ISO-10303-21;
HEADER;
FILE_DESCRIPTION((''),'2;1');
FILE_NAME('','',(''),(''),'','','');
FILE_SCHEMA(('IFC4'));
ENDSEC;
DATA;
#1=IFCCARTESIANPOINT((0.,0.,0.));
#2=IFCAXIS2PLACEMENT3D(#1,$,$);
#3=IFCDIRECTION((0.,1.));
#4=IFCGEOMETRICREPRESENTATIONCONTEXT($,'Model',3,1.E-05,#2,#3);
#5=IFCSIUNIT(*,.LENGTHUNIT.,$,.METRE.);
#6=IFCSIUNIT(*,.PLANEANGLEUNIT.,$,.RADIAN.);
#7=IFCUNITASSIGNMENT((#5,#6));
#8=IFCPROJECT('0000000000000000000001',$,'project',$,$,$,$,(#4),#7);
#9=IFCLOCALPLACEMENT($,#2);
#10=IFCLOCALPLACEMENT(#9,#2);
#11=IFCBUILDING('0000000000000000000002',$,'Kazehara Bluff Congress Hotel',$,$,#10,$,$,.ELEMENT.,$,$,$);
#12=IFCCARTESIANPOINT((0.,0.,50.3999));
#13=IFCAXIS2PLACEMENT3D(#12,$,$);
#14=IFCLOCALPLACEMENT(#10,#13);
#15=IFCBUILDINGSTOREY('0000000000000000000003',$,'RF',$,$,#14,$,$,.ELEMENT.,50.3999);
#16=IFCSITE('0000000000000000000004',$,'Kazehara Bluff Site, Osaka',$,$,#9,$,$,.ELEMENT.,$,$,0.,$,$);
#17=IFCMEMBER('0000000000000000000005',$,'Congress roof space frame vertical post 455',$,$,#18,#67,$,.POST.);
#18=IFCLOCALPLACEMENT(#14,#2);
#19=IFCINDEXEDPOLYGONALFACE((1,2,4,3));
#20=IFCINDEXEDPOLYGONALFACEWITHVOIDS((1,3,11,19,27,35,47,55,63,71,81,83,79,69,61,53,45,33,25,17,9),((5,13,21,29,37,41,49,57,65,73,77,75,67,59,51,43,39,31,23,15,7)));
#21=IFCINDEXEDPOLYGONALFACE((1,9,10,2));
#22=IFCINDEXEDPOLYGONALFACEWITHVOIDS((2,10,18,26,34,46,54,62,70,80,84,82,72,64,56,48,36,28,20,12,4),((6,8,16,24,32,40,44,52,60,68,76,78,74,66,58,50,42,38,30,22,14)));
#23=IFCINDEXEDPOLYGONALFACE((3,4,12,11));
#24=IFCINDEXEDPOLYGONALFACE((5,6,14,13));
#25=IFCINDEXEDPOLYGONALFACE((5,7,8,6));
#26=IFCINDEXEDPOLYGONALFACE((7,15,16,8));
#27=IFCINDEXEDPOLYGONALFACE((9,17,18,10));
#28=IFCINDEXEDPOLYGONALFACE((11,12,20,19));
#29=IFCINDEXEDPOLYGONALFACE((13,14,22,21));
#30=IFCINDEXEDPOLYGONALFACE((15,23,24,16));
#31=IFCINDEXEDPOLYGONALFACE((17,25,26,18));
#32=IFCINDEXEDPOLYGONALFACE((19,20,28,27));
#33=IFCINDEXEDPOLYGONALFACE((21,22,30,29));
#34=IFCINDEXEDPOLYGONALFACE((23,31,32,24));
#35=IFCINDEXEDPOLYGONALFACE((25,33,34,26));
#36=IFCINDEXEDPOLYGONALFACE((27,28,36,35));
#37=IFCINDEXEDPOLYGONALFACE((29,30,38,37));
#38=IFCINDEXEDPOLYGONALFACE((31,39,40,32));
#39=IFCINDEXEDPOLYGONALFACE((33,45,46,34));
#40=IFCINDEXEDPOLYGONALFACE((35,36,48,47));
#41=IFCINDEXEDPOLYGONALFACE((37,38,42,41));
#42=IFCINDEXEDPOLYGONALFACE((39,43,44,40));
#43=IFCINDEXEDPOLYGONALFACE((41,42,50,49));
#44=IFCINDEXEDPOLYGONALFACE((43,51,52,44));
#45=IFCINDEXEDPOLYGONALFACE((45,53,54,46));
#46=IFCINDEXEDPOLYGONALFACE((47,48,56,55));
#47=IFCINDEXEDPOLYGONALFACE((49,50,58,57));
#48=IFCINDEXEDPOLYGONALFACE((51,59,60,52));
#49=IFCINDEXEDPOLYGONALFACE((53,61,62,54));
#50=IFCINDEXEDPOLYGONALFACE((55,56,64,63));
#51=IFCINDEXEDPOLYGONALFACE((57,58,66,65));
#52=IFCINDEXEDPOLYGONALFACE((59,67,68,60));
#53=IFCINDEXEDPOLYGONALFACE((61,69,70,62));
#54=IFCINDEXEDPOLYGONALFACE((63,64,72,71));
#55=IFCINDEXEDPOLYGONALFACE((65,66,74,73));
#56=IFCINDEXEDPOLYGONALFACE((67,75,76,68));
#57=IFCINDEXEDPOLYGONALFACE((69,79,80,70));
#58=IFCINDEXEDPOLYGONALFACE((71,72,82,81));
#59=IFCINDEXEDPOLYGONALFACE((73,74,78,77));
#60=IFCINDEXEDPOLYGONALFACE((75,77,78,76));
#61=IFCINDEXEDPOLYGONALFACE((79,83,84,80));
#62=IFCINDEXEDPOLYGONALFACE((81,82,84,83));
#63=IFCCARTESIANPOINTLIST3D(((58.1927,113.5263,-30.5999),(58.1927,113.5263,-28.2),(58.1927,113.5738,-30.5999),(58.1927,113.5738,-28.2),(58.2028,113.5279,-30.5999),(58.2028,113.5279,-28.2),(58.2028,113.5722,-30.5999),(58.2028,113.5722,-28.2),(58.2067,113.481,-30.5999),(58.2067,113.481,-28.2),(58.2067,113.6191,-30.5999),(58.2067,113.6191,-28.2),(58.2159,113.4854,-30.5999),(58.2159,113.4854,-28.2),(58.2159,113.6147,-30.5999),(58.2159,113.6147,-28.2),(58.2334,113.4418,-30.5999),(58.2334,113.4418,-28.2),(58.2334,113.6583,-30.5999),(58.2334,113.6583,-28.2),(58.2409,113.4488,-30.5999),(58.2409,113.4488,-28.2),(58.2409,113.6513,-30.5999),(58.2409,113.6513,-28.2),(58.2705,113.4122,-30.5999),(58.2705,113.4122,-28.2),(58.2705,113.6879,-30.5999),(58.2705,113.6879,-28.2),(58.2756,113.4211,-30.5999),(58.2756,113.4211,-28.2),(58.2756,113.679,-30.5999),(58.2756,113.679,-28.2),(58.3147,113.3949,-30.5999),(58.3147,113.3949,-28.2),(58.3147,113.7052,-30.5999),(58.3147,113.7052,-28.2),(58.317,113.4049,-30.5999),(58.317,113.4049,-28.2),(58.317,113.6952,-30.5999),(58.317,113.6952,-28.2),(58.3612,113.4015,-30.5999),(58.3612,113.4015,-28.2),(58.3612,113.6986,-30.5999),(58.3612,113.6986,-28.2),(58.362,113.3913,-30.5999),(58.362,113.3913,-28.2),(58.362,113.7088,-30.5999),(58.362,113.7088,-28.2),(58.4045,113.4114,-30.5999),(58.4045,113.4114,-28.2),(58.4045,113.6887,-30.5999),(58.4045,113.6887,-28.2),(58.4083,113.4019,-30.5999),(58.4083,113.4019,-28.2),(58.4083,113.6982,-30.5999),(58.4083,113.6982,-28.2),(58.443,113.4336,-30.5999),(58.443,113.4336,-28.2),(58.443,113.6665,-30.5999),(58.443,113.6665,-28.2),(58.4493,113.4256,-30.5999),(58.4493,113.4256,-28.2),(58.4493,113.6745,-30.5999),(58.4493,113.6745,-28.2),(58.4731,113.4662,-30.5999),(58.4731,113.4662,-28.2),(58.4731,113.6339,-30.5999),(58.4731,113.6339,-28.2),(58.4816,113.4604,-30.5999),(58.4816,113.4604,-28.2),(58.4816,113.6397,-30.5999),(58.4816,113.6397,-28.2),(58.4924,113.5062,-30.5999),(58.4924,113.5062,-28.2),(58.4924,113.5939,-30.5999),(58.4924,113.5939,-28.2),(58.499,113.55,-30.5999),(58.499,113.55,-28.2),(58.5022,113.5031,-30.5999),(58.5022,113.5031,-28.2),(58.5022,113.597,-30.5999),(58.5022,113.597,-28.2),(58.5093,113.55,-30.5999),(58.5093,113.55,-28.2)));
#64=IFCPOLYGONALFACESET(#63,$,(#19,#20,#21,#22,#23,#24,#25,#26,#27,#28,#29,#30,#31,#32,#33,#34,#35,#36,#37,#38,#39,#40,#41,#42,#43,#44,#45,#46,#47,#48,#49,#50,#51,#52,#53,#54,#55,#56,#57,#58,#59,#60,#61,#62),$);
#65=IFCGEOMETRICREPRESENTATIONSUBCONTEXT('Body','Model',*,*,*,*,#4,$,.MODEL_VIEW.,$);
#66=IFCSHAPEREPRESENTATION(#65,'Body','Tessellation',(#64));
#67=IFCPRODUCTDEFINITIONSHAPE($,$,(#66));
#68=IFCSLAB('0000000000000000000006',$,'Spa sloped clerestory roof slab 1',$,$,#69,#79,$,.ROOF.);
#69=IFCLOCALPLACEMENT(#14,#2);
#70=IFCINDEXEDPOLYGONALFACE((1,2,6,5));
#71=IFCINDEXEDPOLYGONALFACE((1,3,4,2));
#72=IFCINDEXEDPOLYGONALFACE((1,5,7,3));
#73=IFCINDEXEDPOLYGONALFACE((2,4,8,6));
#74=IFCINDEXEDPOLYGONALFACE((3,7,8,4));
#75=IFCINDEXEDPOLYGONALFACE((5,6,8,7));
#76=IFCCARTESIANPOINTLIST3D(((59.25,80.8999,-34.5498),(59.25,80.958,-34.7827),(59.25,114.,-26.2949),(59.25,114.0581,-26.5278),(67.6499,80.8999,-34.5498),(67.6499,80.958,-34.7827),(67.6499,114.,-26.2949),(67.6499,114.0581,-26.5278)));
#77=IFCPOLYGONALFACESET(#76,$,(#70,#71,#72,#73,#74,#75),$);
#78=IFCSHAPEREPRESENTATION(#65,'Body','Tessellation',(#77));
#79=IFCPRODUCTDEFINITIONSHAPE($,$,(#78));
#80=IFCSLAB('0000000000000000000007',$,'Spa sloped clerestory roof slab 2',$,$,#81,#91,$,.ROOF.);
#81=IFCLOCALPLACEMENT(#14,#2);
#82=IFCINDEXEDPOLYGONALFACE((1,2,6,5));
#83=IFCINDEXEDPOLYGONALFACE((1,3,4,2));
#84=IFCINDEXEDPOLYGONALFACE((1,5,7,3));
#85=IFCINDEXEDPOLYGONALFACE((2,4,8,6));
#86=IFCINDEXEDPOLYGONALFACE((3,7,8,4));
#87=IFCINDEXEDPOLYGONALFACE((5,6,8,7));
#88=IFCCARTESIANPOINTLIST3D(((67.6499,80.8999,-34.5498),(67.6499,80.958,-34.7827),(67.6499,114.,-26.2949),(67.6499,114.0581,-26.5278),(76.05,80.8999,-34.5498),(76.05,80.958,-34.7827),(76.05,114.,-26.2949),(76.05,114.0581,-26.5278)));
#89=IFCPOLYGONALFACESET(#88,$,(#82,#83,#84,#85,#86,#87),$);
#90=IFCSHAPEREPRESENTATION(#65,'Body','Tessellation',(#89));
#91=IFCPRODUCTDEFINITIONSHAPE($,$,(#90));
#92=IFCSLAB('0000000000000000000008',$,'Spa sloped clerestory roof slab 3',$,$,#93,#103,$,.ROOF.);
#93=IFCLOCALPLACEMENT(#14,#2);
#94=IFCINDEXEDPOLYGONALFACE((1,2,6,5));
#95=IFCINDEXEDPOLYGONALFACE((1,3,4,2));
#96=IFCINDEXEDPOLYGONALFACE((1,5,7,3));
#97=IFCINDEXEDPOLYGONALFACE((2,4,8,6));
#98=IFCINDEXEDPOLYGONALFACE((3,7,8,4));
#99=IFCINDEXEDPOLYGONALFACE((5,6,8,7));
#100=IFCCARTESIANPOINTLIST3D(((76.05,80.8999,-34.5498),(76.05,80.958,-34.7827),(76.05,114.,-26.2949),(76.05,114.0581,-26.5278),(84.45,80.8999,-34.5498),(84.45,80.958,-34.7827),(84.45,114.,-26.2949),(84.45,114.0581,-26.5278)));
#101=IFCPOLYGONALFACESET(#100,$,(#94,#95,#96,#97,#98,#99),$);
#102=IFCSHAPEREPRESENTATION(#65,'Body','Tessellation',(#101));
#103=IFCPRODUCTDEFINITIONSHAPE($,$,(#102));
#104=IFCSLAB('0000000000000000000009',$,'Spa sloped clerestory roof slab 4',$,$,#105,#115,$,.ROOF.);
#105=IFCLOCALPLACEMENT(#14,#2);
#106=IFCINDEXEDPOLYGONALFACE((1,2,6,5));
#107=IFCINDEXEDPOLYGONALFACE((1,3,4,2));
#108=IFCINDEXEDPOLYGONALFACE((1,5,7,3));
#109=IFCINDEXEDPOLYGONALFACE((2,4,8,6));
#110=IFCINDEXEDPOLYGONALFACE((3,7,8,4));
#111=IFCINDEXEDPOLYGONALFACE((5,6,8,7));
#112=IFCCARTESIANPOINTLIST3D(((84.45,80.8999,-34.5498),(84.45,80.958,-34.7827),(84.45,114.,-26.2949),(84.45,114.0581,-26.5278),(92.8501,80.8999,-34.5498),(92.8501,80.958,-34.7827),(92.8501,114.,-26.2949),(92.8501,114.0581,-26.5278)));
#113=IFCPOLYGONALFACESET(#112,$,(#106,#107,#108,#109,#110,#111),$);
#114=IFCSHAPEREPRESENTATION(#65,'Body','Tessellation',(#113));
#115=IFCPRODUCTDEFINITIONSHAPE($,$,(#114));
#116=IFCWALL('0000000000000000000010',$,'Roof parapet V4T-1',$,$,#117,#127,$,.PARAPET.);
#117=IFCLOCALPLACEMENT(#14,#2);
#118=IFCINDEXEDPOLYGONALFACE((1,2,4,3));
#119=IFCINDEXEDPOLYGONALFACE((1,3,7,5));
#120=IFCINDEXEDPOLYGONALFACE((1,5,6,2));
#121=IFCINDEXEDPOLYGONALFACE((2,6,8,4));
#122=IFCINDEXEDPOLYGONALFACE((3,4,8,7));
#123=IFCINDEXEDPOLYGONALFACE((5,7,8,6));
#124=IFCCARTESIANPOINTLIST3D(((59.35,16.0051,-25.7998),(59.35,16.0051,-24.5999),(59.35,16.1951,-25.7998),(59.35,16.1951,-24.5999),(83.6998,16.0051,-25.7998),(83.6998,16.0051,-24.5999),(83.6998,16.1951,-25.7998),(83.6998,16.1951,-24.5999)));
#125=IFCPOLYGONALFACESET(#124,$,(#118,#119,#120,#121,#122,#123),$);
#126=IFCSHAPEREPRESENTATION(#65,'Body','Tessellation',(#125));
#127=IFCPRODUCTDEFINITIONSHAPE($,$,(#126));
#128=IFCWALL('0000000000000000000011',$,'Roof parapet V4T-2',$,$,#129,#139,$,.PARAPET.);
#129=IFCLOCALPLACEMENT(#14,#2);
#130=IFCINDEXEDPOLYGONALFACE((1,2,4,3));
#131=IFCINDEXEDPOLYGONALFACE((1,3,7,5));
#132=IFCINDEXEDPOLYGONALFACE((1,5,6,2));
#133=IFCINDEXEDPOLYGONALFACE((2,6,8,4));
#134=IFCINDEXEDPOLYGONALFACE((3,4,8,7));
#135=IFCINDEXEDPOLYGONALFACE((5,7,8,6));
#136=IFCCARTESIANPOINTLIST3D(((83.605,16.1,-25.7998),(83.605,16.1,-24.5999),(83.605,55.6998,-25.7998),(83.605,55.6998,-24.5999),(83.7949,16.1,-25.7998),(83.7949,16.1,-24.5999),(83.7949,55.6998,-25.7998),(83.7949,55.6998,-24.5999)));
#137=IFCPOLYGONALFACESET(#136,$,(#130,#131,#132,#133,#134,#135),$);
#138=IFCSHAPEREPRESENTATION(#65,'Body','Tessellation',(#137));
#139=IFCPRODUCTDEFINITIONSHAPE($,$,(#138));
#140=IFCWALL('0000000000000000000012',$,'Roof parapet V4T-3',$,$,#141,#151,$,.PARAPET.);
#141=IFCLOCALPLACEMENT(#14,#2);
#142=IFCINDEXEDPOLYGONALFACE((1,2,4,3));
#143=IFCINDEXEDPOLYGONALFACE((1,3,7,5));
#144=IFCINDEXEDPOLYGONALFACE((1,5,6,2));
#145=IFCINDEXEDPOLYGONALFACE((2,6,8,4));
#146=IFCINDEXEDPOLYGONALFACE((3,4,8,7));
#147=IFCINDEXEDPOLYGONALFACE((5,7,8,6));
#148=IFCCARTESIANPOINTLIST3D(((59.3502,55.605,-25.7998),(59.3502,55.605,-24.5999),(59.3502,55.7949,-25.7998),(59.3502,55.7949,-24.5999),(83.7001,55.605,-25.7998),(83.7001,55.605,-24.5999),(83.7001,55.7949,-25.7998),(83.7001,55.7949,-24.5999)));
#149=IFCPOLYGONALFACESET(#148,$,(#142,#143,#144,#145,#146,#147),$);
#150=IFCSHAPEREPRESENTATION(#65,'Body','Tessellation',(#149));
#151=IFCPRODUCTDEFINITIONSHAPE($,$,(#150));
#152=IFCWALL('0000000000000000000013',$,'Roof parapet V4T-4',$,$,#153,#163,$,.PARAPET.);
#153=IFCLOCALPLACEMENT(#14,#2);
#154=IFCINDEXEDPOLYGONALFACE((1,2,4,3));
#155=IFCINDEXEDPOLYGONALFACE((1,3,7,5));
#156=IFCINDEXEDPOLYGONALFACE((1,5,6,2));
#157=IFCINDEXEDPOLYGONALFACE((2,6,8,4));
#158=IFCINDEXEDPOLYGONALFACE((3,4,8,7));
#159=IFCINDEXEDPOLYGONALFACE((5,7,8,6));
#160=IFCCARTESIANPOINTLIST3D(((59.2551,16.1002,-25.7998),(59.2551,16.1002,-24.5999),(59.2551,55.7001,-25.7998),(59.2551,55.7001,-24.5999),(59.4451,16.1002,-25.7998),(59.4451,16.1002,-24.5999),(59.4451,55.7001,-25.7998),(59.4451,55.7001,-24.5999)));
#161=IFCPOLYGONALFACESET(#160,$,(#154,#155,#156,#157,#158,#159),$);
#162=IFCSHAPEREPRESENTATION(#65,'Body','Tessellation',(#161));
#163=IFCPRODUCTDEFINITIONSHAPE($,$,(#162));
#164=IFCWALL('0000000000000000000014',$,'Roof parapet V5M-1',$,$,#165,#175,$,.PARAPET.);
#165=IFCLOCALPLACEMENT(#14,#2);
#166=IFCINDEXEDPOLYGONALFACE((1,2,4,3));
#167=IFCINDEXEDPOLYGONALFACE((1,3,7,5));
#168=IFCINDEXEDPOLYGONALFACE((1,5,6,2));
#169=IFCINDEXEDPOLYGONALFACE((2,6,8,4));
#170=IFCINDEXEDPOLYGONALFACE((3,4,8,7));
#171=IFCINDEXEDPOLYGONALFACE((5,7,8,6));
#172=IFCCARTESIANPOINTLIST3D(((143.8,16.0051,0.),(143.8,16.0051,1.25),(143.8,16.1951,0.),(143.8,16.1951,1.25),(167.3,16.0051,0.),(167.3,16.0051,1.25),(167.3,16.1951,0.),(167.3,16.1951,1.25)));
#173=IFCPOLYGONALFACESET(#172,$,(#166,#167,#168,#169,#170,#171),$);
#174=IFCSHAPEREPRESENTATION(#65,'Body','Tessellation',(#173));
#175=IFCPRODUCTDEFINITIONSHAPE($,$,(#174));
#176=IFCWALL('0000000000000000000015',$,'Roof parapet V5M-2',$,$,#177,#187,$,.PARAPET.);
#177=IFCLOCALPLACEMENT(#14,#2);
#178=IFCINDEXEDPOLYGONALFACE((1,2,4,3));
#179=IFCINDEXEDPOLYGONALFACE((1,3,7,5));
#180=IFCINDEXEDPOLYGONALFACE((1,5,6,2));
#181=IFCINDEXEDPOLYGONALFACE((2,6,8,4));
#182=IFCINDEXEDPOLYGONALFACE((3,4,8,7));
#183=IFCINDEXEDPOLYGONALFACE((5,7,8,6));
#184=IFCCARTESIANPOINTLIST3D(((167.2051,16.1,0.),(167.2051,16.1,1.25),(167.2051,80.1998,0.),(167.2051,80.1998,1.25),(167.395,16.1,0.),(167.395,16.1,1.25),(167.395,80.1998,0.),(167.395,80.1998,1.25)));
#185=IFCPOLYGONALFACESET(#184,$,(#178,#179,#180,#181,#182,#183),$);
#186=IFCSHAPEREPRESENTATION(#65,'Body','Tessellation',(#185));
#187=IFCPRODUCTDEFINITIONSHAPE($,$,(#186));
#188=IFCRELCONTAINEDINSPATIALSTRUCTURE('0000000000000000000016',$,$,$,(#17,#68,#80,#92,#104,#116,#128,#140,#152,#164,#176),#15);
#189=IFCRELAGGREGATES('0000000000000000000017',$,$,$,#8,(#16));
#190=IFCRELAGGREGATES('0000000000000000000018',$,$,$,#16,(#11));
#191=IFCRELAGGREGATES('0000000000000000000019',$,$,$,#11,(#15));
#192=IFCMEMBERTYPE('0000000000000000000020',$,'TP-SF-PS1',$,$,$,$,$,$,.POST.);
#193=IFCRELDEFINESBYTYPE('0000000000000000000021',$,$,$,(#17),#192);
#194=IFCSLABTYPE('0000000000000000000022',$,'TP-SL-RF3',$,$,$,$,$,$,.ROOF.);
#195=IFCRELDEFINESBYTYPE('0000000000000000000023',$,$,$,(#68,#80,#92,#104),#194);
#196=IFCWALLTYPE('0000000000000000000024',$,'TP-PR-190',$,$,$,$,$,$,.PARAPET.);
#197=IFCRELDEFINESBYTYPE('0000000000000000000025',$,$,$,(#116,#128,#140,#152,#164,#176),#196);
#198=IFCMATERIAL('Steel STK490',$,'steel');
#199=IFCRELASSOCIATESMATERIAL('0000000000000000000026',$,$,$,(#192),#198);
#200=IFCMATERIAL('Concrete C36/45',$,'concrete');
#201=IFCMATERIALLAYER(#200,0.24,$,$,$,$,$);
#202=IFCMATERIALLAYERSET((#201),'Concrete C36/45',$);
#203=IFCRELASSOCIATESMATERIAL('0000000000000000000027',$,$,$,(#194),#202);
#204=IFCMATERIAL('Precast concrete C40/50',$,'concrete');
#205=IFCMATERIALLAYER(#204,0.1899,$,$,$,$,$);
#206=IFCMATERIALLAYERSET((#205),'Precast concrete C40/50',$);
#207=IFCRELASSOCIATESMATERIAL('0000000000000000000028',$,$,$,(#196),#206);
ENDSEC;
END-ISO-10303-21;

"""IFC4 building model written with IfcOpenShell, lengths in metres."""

from ifc_helpers import new_model, si_unit, direction, frame, frame_2d, origin, origin_2d, place, context, subcontext, project, spatial, polyline, rectangle, hollow_circle, outline, extrude, material, layer, layer_set, material_profile, profile_set, type_object, element, save


model = new_model("IFC4")

# Units and contexts
model_context = context("Model", 3, precision=1e-05, world=origin(), true_north=direction((0.0, 1.0)))
body_context = subcontext(model_context, "Body", "Model", "MODEL_VIEW")
ifc_project = project(units=[si_unit("LENGTHUNIT", "METRE"), si_unit("PLANEANGLEUNIT", "RADIAN")], contexts=[model_context])

# Site, building, storey
site_placement = place(None, origin())
site = spatial("IfcSite", under=ifc_project, at=site_placement, Name="Kazehara Bluff Site, Osaka", CompositionType="ELEMENT", RefElevation=0.0)
building_placement = place(site_placement, origin())
building = spatial("IfcBuilding", under=site, at=building_placement, Name="Kazehara Bluff Congress Hotel", CompositionType="ELEMENT")
storey_placement = place(building_placement, frame((0.0, 0.0, 50.3999)))
storey = spatial("IfcBuildingStorey", under=building, at=storey_placement, Name="RF", CompositionType="ELEMENT", Elevation=50.3999)

# Member
ifc_material_1 = material(Name="Steel STK490", Category="steel")
ifc_material_profile_1 = material_profile(ifc_material_1, hollow_circle(Radius=0.1592, WallThickness=0.0103, at=origin_2d()))
ifc_profile_set_1 = profile_set([ifc_material_profile_1], Name="Steel STK490")
member_type_1 = type_object("IfcMemberType", Name="TP-SF-PS1", PredefinedType="POST", material=ifc_profile_set_1)
for number, where, z_axis, x_axis, name in (
    (1, (58.3501, 113.55, -30.5999), (0.0, 0.0, 1.0), (1.0, 0.0, 0.0), "Congress roof space frame vertical post 455"),
):
    element("IfcMember", number, at=place(storey_placement, frame(where, z_axis=z_axis, x_axis=x_axis)), inside=storey, type_object=member_type_1, Name=name, PredefinedType="POST", context=body_context, shape_type="SweptSolid", body=[
        extrude(hollow_circle(Radius=0.1592, WallThickness=0.0103, at=origin_2d()), origin(), (0.0, 0.0, 1.0), 2.3999),
    ])

# Slabs
ifc_material_2 = material(Name="Concrete C36/45", Category="concrete")
ifc_layer_1 = layer(ifc_material_2, 0.24)
ifc_layer_set_1 = layer_set([ifc_layer_1], Name="Concrete C36/45")
slab_type = type_object("IfcSlabType", Name="TP-SL-RF3", PredefinedType="ROOF", material=ifc_layer_set_1)
slab_1_placement = place(storey_placement, frame((59.25, 80.8999, -34.5498), z_axis=(0.0, -0.24198, 0.970281), x_axis=(1.0, 0.0, 0.0)))
element("IfcSlab", 2, at=slab_1_placement, inside=storey, type_object=slab_type, Name="Spa sloped clerestory roof slab 1", PredefinedType="ROOF", context=body_context, shape_type="SweptSolid", body=[
    extrude(outline(polyline([(0.0, 0.0), (8.3999, 0.0), (8.3999, 34.1139), (0.0, 34.1139), (0.0, 0.0)])), origin(), (0.0, 0.0, -1.0), 0.24),
])
slab_2_placement = place(storey_placement, frame((67.6499, 80.8999, -34.5498), z_axis=(0.0, -0.24198, 0.970281), x_axis=(1.0, 0.0, 0.0)))
element("IfcSlab", 3, at=slab_2_placement, inside=storey, type_object=slab_type, Name="Spa sloped clerestory roof slab 2", PredefinedType="ROOF", context=body_context, shape_type="SweptSolid", body=[
    extrude(outline(polyline([(0.0, 0.0), (8.4001, 0.0), (8.4001, 34.1139), (0.0, 34.1139), (0.0, 0.0)])), origin(), (0.0, 0.0, -1.0), 0.24),
])
slab_3_placement = place(storey_placement, frame((76.05, 80.8999, -34.5498), z_axis=(0.0, -0.24198, 0.970281), x_axis=(1.0, 0.0, 0.0)))
element("IfcSlab", 4, at=slab_3_placement, inside=storey, type_object=slab_type, Name="Spa sloped clerestory roof slab 3", PredefinedType="ROOF", context=body_context, shape_type="SweptSolid", body=[
    extrude(outline(polyline([(0.0, 0.0), (8.3999, 0.0), (8.3999, 34.1139), (0.0, 34.1139), (0.0, 0.0)])), origin(), (0.0, 0.0, -1.0), 0.24),
])
slab_4_placement = place(storey_placement, frame((84.45, 80.8999, -34.5498), z_axis=(0.0, -0.24198, 0.970281), x_axis=(1.0, 0.0, 0.0)))
element("IfcSlab", 5, at=slab_4_placement, inside=storey, type_object=slab_type, Name="Spa sloped clerestory roof slab 4", PredefinedType="ROOF", context=body_context, shape_type="SweptSolid", body=[
    extrude(outline(polyline([(0.0, 0.0), (8.4001, 0.0), (8.4001, 34.1139), (0.0, 34.1139), (0.0, 0.0)])), origin(), (0.0, 0.0, -1.0), 0.24),
])

# Walls
ifc_material_3 = material(Name="Precast concrete C40/50", Category="concrete")
ifc_layer_2 = layer(ifc_material_3, 0.1899)
ifc_layer_set_2 = layer_set([ifc_layer_2], Name="Precast concrete C40/50")
wall_type = type_object("IfcWallType", Name="TP-PR-190", PredefinedType="PARAPET", material=ifc_layer_set_2)
wall_1_placement = place(storey_placement, frame((59.3501, 16.1001, -25.7998), z_axis=(0.0, 0.0, 1.0), x_axis=(1.0, 0.0, 0.0)))
element("IfcWall", 6, at=wall_1_placement, inside=storey, type_object=wall_type, Name="Roof parapet V4T-1", PredefinedType="PARAPET", context=body_context, shape_type="SweptSolid", body=[
    extrude(rectangle(XDim=24.3499, YDim=0.1899, at=frame_2d((12.1748, 0.0))), origin(), (0.0, 0.0, 1.0), 1.2),
])
wall_2_placement = place(storey_placement, frame((83.7, 16.1001, -25.7998), z_axis=(0.0, 0.0, 1.0), x_axis=(0.0, 1.0, 0.0)))
element("IfcWall", 7, at=wall_2_placement, inside=storey, type_object=wall_type, Name="Roof parapet V4T-2", PredefinedType="PARAPET", context=body_context, shape_type="SweptSolid", body=[
    extrude(rectangle(XDim=39.5999, YDim=0.1899, at=frame_2d((19.7998, 0.0))), origin(), (0.0, 0.0, 1.0), 1.2),
])
wall_3_placement = place(storey_placement, frame((83.7, 55.7, -25.7998), z_axis=(0.0, 0.0, 1.0), x_axis=(-1.0, 0.0, 0.0)))
element("IfcWall", 8, at=wall_3_placement, inside=storey, type_object=wall_type, Name="Roof parapet V4T-3", PredefinedType="PARAPET", context=body_context, shape_type="SweptSolid", body=[
    extrude(rectangle(XDim=24.3499, YDim=0.1899, at=frame_2d((12.1748, 0.0))), origin(), (0.0, 0.0, 1.0), 1.2),
])
wall_4_placement = place(storey_placement, frame((59.3501, 55.7, -25.7998), z_axis=(0.0, 0.0, 1.0), x_axis=(0.0, -1.0, 0.0)))
element("IfcWall", 9, at=wall_4_placement, inside=storey, type_object=wall_type, Name="Roof parapet V4T-4", PredefinedType="PARAPET", context=body_context, shape_type="SweptSolid", body=[
    extrude(rectangle(XDim=39.5999, YDim=0.1899, at=frame_2d((19.7998, 0.0))), origin(), (0.0, 0.0, 1.0), 1.2),
])
wall_5_placement = place(storey_placement, frame((143.8, 16.1001, 0.0), z_axis=(0.0, 0.0, 1.0), x_axis=(1.0, 0.0, 0.0)))
element("IfcWall", 10, at=wall_5_placement, inside=storey, type_object=wall_type, Name="Roof parapet V5M-1", PredefinedType="PARAPET", context=body_context, shape_type="SweptSolid", body=[
    extrude(rectangle(XDim=23.5, YDim=0.1899, at=frame_2d((11.75, 0.0))), origin(), (0.0, 0.0, 1.0), 1.25),
])
wall_6_placement = place(storey_placement, frame((167.3, 16.1001, 0.0), z_axis=(0.0, 0.0, 1.0), x_axis=(0.0, 1.0, 0.0)))
element("IfcWall", 11, at=wall_6_placement, inside=storey, type_object=wall_type, Name="Roof parapet V5M-2", PredefinedType="PARAPET", context=body_context, shape_type="SweptSolid", body=[
    extrude(rectangle(XDim=64.0999, YDim=0.1899, at=frame_2d((32.0498, 0.0))), origin(), (0.0, 0.0, 1.0), 1.25),
])

save(model, "model.ifc")
